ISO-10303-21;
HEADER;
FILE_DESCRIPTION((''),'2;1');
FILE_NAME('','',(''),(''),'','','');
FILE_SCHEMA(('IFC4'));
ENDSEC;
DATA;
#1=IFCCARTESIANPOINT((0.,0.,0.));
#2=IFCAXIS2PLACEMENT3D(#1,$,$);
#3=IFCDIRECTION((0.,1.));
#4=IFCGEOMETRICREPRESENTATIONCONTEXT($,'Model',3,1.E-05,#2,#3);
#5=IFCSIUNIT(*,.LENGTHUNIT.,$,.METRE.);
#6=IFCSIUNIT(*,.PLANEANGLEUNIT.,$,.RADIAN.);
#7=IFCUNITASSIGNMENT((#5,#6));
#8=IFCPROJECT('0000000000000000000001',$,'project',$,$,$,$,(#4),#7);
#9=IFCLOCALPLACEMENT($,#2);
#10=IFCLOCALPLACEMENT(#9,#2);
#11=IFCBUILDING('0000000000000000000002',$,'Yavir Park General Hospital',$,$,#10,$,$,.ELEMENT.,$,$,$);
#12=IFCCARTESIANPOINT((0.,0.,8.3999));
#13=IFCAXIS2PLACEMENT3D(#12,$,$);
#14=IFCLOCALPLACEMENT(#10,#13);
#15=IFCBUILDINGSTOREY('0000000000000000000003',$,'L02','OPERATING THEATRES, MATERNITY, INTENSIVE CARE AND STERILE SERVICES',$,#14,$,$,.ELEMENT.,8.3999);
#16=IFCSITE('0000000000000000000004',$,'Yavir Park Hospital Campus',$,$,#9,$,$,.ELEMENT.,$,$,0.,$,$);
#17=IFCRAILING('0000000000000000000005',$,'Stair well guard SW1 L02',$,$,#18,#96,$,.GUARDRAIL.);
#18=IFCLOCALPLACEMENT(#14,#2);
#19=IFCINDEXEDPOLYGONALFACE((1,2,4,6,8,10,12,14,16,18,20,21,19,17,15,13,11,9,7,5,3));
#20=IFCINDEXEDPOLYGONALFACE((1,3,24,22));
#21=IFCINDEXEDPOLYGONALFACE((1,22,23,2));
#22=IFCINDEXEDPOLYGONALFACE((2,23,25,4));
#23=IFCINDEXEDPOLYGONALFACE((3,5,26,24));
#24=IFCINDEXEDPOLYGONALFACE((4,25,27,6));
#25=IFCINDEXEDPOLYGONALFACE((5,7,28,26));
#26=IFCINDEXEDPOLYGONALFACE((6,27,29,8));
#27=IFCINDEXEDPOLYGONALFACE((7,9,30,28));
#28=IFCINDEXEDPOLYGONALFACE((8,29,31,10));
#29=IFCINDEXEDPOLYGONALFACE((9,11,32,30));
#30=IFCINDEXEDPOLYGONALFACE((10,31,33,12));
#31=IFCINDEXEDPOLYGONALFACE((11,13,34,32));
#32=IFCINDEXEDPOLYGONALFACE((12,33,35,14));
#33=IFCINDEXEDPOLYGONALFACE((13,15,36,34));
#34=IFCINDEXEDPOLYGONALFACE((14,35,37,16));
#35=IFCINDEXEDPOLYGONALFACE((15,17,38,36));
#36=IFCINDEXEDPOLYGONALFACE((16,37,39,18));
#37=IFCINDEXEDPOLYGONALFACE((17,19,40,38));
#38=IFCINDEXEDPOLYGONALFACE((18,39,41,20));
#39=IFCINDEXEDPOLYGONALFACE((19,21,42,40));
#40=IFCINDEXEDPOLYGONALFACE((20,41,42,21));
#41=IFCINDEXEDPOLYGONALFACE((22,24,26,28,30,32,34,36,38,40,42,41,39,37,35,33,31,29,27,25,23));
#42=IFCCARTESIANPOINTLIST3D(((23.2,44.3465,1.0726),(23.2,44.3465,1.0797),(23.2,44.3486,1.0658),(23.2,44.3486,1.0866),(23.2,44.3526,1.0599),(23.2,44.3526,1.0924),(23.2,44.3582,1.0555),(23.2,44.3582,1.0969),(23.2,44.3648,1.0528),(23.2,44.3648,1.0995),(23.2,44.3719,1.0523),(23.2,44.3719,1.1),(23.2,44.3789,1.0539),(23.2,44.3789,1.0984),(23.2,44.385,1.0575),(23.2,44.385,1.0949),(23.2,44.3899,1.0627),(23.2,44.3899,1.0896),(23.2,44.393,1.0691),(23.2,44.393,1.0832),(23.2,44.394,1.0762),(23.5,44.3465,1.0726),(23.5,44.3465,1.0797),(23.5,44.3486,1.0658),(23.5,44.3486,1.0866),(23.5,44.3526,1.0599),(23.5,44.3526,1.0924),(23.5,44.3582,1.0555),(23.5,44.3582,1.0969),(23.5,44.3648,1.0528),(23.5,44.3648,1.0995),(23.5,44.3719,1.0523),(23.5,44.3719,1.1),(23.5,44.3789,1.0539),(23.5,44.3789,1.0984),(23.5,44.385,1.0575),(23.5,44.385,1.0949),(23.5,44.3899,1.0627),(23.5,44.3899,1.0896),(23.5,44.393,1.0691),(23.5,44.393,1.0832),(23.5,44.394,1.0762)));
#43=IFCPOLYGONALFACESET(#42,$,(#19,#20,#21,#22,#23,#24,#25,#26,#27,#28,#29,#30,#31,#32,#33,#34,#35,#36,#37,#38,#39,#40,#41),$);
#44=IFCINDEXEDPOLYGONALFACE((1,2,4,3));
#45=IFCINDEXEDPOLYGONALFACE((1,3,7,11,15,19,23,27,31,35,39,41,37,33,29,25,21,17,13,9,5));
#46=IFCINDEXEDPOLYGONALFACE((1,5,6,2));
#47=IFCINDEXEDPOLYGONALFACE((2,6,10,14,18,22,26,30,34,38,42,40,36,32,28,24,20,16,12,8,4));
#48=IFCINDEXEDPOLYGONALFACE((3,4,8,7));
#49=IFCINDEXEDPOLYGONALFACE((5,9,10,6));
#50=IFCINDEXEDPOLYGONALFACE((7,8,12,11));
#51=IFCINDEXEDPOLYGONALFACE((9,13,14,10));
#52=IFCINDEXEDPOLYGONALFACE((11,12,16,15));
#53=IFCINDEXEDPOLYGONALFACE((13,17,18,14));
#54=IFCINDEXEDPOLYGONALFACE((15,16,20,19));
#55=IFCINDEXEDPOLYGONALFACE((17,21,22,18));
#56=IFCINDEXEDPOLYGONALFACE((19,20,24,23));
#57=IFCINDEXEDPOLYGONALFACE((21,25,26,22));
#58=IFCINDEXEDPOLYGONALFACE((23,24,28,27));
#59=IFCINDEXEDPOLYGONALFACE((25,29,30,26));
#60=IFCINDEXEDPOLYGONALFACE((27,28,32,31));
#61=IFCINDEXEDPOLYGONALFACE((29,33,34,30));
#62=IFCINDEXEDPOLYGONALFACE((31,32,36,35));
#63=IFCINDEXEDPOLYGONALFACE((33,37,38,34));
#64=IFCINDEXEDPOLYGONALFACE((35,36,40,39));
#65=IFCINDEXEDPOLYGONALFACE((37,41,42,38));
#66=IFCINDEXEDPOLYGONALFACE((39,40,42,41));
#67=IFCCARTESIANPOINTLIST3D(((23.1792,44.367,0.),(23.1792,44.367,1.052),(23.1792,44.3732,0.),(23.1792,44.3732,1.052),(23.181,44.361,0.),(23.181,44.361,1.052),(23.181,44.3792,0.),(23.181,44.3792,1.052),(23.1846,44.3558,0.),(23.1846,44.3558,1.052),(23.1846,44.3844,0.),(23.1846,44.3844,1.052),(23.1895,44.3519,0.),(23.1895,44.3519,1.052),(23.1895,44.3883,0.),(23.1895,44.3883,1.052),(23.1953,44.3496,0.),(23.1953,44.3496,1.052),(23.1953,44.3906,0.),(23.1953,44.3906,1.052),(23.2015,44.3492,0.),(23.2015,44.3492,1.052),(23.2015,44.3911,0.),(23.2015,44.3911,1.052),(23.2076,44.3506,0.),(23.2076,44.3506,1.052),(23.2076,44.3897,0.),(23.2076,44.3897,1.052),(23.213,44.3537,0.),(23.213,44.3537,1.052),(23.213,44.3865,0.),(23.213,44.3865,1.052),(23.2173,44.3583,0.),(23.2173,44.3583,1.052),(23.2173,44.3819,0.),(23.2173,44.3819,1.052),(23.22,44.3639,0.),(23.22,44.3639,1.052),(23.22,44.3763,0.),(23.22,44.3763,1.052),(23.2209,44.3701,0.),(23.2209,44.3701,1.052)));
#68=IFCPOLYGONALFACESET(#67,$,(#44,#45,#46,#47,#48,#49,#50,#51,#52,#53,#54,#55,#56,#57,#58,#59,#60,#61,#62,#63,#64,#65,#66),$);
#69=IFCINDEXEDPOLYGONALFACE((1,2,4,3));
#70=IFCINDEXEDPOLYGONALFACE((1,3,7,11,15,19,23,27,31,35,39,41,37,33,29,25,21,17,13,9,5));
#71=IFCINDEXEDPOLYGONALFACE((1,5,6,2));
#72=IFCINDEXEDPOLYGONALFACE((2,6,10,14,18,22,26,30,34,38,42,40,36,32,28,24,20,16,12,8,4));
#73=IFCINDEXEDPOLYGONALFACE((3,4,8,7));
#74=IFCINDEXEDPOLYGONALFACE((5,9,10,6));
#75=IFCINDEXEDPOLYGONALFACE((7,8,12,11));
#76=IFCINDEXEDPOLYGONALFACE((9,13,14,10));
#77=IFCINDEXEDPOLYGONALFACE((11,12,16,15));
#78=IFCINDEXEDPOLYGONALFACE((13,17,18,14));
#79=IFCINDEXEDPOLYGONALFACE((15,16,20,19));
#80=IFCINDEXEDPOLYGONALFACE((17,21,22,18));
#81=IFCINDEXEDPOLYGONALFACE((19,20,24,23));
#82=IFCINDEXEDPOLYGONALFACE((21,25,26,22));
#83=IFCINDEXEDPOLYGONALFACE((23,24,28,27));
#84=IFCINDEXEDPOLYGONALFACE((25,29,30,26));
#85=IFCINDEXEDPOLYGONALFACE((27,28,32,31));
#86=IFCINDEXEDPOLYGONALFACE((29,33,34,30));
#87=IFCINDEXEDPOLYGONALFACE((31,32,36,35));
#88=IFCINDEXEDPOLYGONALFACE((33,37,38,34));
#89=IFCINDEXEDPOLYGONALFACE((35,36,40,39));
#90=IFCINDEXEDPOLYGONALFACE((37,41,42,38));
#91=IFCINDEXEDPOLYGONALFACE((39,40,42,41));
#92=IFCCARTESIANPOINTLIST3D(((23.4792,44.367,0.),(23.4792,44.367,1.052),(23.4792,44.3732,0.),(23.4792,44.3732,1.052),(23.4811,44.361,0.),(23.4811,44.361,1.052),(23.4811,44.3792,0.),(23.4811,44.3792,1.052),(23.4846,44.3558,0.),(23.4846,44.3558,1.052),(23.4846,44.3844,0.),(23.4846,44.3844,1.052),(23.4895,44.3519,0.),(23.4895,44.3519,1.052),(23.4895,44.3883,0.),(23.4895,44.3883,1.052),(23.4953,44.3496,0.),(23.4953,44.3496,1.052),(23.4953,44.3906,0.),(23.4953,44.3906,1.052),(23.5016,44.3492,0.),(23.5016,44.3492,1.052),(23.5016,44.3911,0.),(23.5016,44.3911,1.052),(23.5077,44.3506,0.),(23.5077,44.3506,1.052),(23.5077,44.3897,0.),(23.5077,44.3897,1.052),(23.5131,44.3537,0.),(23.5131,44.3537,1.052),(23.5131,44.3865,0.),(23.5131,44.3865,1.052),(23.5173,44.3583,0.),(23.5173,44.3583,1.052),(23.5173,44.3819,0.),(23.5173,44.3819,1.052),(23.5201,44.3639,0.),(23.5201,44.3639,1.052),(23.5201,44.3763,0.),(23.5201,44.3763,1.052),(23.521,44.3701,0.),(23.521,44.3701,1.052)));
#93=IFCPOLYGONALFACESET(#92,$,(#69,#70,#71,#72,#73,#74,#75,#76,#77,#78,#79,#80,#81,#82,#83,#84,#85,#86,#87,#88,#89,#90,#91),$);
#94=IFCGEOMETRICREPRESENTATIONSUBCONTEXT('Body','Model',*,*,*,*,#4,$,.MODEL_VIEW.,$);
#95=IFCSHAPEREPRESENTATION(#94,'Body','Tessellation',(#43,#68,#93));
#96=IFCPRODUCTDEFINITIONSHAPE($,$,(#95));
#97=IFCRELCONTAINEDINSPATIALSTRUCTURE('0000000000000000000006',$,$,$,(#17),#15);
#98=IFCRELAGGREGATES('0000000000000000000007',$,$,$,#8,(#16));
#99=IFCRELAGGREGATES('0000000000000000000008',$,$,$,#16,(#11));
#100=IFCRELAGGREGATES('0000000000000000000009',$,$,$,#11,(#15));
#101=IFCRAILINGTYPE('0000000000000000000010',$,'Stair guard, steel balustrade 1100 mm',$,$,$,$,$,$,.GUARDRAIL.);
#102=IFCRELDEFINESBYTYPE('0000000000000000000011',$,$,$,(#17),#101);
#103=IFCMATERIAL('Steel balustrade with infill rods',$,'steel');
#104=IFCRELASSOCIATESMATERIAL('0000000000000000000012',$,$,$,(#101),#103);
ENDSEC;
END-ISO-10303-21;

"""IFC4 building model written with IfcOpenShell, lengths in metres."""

from ifc_helpers import new_model, si_unit, direction, frame, origin, origin_2d, place, context, subcontext, project, spatial, circle, extrude, material, type_object, element, save


model = new_model("IFC4")

# Units and contexts
model_context = context("Model", 3, precision=1e-05, world=origin(), true_north=direction((0.0, 1.0)))
body_context = subcontext(model_context, "Body", "Model", "MODEL_VIEW")
ifc_project = project(units=[si_unit("LENGTHUNIT", "METRE"), si_unit("PLANEANGLEUNIT", "RADIAN")], contexts=[model_context])

# Site, building, storey
site_placement = place(None, origin())
site = spatial("IfcSite", under=ifc_project, at=site_placement, Name="Yavir Park Hospital Campus", CompositionType="ELEMENT", RefElevation=0.0)
building_placement = place(site_placement, origin())
building = spatial("IfcBuilding", under=site, at=building_placement, Name="Yavir Park General Hospital", CompositionType="ELEMENT")
storey_placement = place(building_placement, frame((0.0, 0.0, 8.3999)))
storey = spatial("IfcBuildingStorey", under=building, at=storey_placement, Name="L02", Description="OPERATING THEATRES, MATERNITY, INTENSIVE CARE AND STERILE SERVICES", CompositionType="ELEMENT", Elevation=8.3999)

# Railing
ifc_material_1 = material(Name="Steel balustrade with infill rods", Category="steel")
railing_type_1 = type_object("IfcRailingType", Name="Stair guard, steel balustrade 1100 mm", PredefinedType="GUARDRAIL", material=ifc_material_1)
railing_placement = place(storey_placement, frame((23.2, 44.3701, 0.0)))
element("IfcRailing", 1, at=railing_placement, inside=storey, type_object=railing_type_1, Name="Stair well guard SW1 L02", PredefinedType="GUARDRAIL", context=body_context, shape_type="SweptSolid", body=[
    extrude(circle(Radius=0.0239, at=origin_2d()), frame((0.0, 0.0, 1.0762), z_axis=(1.0, 0.0, 0.0), x_axis=(0.0, 1.0, 0.0)), (0.0, 0.0, 1.0), 0.3),
    extrude(circle(Radius=0.021, at=origin_2d()), origin(), (0.0, 0.0, 1.0), 1.052),
    extrude(circle(Radius=0.021, at=origin_2d()), frame((0.3, 0.0, 0.0)), (0.0, 0.0, 1.0), 1.052),
])

save(model, "model.ifc")
